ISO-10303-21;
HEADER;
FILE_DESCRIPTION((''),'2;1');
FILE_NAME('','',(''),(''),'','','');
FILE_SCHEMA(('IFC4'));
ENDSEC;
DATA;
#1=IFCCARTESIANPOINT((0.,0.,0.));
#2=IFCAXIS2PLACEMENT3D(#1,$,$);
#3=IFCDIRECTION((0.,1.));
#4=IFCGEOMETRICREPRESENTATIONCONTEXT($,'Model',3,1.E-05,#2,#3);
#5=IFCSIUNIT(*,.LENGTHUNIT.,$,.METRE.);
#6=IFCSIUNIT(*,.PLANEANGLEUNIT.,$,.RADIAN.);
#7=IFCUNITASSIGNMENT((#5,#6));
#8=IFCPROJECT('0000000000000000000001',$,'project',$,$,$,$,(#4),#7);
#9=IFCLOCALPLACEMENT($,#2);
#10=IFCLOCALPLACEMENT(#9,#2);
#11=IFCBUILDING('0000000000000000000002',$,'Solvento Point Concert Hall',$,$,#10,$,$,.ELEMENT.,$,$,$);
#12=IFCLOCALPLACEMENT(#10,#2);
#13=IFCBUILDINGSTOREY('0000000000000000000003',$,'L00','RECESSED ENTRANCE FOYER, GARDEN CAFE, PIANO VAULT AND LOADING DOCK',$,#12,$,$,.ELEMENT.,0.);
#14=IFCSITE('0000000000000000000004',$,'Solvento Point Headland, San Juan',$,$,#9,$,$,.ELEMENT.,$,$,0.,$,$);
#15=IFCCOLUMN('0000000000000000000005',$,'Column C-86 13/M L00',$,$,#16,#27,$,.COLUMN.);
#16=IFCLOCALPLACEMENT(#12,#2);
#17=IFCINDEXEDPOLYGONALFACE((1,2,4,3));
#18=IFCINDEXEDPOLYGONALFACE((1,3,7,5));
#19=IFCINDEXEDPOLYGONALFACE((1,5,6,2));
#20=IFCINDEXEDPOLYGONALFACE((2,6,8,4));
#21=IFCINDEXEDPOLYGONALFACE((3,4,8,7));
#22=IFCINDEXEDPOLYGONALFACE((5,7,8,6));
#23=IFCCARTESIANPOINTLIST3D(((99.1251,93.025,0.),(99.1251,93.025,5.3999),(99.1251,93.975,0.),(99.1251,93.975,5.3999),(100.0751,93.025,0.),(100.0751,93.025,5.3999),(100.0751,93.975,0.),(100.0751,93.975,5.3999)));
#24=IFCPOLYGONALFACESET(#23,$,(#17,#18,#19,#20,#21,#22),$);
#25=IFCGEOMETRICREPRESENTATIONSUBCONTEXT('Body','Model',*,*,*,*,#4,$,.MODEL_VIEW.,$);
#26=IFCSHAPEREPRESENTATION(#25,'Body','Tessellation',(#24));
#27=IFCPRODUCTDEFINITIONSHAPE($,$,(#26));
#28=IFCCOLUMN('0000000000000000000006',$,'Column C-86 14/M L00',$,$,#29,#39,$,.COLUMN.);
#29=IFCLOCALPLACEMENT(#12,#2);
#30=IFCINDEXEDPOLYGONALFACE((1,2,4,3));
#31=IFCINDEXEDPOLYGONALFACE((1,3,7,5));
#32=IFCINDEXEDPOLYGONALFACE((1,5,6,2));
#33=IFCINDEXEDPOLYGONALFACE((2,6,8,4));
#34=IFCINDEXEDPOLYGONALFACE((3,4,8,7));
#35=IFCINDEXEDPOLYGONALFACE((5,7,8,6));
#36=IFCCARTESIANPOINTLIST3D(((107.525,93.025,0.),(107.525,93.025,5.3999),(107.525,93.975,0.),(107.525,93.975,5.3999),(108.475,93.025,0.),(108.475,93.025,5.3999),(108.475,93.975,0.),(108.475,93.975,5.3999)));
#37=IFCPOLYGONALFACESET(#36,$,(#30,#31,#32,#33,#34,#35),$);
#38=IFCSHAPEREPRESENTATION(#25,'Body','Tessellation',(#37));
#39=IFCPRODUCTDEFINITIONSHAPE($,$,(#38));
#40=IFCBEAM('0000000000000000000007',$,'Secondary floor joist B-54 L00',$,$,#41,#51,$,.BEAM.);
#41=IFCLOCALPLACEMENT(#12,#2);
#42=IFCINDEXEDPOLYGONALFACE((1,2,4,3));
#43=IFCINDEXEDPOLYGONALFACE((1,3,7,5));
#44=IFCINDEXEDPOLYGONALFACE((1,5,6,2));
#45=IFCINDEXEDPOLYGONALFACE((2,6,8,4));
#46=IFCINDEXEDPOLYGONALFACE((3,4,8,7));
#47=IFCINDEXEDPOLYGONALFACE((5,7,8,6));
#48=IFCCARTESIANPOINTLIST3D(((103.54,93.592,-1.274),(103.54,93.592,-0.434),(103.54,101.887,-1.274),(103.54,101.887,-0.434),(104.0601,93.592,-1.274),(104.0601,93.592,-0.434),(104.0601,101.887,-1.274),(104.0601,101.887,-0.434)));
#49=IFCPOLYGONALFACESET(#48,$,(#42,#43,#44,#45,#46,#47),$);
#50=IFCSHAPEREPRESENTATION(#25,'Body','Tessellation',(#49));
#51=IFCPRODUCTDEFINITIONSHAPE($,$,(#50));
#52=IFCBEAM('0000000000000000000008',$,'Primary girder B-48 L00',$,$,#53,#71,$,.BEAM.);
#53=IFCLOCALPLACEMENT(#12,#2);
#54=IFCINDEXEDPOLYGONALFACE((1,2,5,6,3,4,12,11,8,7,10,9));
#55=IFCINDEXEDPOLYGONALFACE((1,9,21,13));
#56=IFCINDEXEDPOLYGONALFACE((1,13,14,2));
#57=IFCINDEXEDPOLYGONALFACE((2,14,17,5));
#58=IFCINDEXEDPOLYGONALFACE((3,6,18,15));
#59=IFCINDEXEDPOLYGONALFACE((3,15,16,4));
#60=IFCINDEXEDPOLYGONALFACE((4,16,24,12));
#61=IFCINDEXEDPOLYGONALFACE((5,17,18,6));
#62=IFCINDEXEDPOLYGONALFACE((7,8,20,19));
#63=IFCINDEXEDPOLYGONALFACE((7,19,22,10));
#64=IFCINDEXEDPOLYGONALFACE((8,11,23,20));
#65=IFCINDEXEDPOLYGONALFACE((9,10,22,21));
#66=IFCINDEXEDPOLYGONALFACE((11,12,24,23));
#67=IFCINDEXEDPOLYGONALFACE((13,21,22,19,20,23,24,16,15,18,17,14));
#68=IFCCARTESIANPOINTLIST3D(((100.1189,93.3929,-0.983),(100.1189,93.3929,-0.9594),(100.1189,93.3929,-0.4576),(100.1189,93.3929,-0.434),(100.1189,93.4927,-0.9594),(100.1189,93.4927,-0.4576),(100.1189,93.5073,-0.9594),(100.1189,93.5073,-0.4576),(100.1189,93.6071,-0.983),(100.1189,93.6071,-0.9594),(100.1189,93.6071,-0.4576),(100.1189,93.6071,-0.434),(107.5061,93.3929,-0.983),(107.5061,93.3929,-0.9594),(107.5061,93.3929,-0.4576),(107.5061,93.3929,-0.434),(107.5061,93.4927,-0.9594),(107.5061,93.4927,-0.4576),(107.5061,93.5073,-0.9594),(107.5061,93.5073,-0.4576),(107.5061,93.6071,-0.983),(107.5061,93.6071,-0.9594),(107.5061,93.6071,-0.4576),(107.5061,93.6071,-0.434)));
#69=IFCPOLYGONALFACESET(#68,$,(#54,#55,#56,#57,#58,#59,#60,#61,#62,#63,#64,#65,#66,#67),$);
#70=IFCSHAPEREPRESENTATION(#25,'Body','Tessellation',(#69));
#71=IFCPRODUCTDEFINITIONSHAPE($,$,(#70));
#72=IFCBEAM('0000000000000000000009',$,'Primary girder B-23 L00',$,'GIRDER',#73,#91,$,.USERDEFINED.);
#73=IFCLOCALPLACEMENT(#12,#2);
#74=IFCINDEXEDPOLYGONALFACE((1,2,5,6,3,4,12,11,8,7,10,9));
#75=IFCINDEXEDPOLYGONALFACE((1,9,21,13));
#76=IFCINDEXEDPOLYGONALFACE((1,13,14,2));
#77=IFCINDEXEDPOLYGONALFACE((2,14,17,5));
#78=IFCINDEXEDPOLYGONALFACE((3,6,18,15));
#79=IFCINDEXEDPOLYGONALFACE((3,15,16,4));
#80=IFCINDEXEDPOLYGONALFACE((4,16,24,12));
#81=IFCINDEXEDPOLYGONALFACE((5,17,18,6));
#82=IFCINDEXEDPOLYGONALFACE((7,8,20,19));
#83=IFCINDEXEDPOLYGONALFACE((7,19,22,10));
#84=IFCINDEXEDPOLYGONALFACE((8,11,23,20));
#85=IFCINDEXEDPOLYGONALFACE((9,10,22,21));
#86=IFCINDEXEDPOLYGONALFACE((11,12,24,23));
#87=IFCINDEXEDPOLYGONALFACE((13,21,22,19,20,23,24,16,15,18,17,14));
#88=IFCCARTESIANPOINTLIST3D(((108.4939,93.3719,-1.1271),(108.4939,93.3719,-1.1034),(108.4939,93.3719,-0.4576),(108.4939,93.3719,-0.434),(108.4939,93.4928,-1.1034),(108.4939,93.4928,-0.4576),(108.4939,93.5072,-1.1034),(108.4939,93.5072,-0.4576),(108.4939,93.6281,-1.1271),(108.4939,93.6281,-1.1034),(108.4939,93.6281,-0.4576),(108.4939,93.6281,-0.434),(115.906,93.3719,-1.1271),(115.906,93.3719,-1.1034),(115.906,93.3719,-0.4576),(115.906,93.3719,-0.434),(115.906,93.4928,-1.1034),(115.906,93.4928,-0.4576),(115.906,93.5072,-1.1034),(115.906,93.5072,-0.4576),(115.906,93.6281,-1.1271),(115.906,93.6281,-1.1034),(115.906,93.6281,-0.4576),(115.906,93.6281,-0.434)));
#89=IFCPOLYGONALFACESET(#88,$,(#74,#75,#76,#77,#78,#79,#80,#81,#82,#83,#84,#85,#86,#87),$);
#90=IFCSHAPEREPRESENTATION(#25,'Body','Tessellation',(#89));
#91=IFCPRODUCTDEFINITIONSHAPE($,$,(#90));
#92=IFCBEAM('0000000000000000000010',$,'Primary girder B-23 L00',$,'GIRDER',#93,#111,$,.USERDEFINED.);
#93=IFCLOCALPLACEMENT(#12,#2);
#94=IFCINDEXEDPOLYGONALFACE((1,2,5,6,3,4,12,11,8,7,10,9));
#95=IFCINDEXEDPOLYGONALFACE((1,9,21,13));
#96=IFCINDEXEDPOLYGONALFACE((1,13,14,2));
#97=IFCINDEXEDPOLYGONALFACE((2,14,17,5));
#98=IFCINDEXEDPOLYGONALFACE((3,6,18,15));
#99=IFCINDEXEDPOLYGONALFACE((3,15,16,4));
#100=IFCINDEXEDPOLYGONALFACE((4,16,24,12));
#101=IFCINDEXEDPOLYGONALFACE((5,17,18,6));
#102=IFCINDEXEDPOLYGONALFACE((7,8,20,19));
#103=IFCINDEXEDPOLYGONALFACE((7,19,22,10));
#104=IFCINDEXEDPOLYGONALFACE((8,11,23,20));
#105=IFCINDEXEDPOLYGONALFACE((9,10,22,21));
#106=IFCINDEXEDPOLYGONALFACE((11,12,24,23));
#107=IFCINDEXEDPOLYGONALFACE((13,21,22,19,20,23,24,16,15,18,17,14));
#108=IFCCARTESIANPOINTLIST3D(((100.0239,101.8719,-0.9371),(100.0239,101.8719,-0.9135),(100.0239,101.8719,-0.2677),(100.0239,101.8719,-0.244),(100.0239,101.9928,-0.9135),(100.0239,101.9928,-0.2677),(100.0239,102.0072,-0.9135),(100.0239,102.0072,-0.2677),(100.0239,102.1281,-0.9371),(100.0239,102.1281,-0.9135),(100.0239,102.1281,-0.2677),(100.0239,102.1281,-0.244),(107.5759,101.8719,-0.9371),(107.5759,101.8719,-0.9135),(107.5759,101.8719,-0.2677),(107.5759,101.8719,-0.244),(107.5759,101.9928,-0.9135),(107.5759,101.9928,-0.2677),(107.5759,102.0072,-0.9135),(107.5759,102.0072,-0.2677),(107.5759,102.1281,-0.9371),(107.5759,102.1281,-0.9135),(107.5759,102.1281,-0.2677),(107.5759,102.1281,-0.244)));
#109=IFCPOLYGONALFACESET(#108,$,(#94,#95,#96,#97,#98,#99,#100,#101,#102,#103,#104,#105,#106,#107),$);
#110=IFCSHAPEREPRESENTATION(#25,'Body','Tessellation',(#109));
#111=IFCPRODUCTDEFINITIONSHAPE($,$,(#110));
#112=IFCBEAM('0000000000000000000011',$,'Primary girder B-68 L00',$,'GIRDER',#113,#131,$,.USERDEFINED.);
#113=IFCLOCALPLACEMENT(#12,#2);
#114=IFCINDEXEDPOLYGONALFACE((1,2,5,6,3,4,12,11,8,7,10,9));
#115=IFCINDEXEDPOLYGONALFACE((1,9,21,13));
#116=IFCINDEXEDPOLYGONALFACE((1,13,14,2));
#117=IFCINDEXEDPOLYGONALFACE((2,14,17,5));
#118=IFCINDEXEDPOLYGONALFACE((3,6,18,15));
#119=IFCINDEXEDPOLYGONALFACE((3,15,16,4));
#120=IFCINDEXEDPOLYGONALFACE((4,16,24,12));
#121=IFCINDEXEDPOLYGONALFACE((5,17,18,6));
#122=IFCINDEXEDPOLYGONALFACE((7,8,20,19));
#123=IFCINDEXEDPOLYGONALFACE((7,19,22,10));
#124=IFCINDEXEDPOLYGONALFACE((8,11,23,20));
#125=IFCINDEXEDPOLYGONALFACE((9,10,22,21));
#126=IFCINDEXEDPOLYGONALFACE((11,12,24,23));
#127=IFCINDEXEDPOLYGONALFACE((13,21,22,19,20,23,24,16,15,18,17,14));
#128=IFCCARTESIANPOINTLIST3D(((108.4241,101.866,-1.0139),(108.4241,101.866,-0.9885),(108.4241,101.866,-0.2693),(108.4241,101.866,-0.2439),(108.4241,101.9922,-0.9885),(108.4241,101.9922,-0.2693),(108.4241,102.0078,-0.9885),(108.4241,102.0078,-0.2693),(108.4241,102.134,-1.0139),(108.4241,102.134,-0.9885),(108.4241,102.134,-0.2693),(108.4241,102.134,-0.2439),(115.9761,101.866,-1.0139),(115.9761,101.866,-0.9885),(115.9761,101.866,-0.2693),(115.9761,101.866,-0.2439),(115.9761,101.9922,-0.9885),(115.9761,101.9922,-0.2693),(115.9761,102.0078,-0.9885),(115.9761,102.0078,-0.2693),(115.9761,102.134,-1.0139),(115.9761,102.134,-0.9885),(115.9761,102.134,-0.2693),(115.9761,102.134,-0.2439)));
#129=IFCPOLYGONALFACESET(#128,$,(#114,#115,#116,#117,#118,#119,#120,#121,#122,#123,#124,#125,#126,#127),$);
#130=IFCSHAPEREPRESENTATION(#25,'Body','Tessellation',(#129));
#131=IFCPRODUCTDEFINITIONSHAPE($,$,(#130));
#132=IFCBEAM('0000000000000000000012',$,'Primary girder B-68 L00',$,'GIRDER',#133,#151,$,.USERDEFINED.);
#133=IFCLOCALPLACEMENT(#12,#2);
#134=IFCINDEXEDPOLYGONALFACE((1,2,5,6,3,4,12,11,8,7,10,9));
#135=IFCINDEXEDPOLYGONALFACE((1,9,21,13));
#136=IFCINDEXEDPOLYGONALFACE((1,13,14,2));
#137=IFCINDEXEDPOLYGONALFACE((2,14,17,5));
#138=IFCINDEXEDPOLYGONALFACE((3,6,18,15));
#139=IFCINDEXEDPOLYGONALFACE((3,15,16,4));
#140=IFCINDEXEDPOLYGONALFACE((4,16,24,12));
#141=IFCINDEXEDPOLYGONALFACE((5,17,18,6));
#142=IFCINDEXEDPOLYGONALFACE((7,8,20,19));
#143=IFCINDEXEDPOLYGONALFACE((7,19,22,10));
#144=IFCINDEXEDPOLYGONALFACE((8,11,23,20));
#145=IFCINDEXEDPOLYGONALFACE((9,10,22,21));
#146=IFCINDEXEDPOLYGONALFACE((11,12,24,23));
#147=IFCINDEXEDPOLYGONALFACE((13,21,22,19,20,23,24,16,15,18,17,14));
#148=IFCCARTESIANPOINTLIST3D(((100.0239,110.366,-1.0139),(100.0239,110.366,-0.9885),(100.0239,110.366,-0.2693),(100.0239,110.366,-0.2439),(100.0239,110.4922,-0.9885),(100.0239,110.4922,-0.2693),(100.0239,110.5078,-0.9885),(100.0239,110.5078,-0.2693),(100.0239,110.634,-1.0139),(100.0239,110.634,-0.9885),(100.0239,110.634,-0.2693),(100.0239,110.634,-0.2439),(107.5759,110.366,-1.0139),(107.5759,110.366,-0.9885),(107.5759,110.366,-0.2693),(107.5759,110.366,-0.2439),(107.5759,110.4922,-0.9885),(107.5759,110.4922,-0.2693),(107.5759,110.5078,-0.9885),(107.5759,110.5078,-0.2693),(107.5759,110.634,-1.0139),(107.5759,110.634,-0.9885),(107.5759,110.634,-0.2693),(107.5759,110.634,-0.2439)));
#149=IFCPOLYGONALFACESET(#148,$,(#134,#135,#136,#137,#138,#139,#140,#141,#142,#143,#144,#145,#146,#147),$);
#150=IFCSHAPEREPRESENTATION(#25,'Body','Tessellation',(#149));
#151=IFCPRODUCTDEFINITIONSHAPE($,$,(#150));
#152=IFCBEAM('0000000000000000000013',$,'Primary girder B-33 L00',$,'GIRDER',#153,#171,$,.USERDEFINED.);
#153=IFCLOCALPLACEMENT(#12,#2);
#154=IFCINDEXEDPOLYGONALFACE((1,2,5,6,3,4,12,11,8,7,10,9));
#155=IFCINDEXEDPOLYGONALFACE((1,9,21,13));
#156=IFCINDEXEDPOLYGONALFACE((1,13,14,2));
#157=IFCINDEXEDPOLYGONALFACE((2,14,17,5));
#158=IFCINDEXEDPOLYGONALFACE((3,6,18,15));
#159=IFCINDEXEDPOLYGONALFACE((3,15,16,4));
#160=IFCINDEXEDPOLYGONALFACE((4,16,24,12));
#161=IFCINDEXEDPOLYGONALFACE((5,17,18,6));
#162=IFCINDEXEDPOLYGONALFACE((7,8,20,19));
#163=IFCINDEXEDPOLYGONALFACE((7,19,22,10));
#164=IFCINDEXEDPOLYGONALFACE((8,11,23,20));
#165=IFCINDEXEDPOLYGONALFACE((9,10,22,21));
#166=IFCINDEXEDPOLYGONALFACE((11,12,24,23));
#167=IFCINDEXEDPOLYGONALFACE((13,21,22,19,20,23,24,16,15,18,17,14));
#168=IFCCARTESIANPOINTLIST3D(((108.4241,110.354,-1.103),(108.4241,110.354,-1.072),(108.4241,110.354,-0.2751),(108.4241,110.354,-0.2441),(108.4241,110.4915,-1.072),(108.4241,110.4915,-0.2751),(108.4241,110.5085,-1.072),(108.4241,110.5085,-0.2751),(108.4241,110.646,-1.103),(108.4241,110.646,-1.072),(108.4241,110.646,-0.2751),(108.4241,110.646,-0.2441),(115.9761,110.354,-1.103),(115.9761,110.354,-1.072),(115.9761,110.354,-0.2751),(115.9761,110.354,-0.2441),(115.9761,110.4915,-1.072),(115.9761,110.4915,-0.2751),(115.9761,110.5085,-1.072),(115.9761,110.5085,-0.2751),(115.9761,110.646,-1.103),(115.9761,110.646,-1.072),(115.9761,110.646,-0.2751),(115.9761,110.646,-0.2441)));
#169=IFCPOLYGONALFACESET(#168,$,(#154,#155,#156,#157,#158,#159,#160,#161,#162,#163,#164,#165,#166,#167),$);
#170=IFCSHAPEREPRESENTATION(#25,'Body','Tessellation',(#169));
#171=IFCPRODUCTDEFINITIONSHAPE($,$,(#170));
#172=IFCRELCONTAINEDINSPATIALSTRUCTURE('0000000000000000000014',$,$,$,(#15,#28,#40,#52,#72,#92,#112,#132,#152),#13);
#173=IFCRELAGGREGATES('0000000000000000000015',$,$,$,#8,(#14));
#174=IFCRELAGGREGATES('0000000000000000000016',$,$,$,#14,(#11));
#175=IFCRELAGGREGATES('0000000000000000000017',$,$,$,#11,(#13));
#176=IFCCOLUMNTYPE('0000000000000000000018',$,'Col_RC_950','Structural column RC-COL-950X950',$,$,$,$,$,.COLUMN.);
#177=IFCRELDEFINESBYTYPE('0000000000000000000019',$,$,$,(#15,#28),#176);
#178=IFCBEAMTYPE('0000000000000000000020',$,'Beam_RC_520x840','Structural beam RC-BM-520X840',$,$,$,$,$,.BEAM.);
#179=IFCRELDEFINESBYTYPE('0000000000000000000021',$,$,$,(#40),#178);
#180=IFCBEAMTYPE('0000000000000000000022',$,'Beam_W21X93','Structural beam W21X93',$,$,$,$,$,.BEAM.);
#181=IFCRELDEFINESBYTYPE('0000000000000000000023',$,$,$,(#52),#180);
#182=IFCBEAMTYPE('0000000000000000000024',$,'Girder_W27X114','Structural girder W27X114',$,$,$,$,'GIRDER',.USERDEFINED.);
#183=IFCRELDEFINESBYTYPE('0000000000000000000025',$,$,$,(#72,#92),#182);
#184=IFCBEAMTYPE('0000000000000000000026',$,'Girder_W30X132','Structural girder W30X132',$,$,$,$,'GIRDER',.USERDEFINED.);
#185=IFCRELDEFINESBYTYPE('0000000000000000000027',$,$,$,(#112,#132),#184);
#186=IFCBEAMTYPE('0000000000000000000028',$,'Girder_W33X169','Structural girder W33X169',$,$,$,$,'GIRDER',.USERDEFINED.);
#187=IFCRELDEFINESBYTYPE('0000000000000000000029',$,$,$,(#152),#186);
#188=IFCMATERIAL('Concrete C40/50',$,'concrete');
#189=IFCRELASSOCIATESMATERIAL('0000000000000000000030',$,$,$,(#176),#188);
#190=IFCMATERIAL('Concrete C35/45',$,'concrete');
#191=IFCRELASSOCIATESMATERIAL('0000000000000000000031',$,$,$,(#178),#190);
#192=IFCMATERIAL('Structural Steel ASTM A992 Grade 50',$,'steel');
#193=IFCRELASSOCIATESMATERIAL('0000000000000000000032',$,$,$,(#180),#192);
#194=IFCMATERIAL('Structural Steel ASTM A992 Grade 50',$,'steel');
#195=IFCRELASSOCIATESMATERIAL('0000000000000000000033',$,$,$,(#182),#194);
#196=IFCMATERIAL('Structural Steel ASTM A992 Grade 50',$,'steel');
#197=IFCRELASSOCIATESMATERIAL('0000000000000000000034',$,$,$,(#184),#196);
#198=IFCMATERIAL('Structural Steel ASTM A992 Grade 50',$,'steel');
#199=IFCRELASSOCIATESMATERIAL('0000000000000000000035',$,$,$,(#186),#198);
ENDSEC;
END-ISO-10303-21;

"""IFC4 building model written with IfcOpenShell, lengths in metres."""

from ifc_helpers import new_model, si_unit, direction, frame, origin, origin_2d, place, context, subcontext, project, spatial, rectangle, i_section, extrude, material, material_profile, profile_set, type_object, element, save


model = new_model("IFC4")

# Units and contexts
model_context = context("Model", 3, precision=1e-05, world=origin(), true_north=direction((0.0, 1.0)))
body_context = subcontext(model_context, "Body", "Model", "MODEL_VIEW")
ifc_project = project(units=[si_unit("LENGTHUNIT", "METRE"), si_unit("PLANEANGLEUNIT", "RADIAN")], contexts=[model_context])

# Site, building, storey
site_placement = place(None, origin())
site = spatial("IfcSite", under=ifc_project, at=site_placement, Name="Solvento Point Headland, San Juan", CompositionType="ELEMENT", RefElevation=0.0)
building_placement = place(site_placement, origin())
building = spatial("IfcBuilding", under=site, at=building_placement, Name="Solvento Point Concert Hall", CompositionType="ELEMENT")
storey_placement = place(building_placement, origin())
storey = spatial("IfcBuildingStorey", under=building, at=storey_placement, Name="L00", Description="RECESSED ENTRANCE FOYER, GARDEN CAFE, PIANO VAULT AND LOADING DOCK", CompositionType="ELEMENT", Elevation=0.0)

# Columns
ifc_material_1 = material(Name="Concrete C40/50", Category="concrete")
ifc_material_profile_1 = material_profile(ifc_material_1, rectangle(XDim=0.95, YDim=0.95, at=origin_2d()), Name="RC-COL-950X950")
ifc_profile_set_1 = profile_set([ifc_material_profile_1], Name="Concrete C40/50")
column_type = type_object("IfcColumnType", Name="Col_RC_950", Description="Structural column RC-COL-950X950", PredefinedType="COLUMN", material=ifc_profile_set_1)
for number, where, z_axis, x_axis, name in (
    (1, (99.6001, 93.5, 0.0), (0.0, 0.0, 1.0), (1.0, 0.0, 0.0), "Column C-86 13/M L00"),
    (2, (108.0, 93.5, 0.0), (0.0, 0.0, 1.0), (1.0, 0.0, 0.0), "Column C-86 14/M L00"),
):
    element("IfcColumn", number, at=place(storey_placement, frame(where, z_axis=z_axis, x_axis=x_axis)), inside=storey, type_object=column_type, Name=name, PredefinedType="COLUMN", context=body_context, shape_type="SweptSolid", body=[
        extrude(rectangle(XDim=0.95, YDim=0.95, at=origin_2d()), origin(), (0.0, 0.0, 1.0), 5.3999),
    ])

# Beams
ifc_material_2 = material(Name="Concrete C35/45", Category="concrete")
ifc_material_profile_2 = material_profile(ifc_material_2, rectangle(XDim=0.52, YDim=0.8401, at=origin_2d()), Name="RC-BM-520X840")
ifc_profile_set_2 = profile_set([ifc_material_profile_2], Name="Concrete C35/45")
beam_type_1 = type_object("IfcBeamType", Name="Beam_RC_520x840", Description="Structural beam RC-BM-520X840", PredefinedType="BEAM", material=ifc_profile_set_2)
beam_1_placement = place(storey_placement, frame((103.8, 93.592, -0.854), z_axis=(0.0, 1.0, 0.0), x_axis=(-1.0, 0.0, 0.0)))
element("IfcBeam", 3, at=beam_1_placement, inside=storey, type_object=beam_type_1, Name="Secondary floor joist B-54 L00", PredefinedType="BEAM", context=body_context, shape_type="SweptSolid", body=[
    extrude(rectangle(XDim=0.52, YDim=0.8401, at=origin_2d()), origin(), (0.0, 0.0, 1.0), 8.2949),
])
ifc_material_3 = material(Name="Structural Steel ASTM A992 Grade 50", Category="steel")
ifc_material_profile_3 = material_profile(ifc_material_3, i_section(OverallWidth=0.2141, OverallDepth=0.5491, WebThickness=0.0146, FlangeThickness=0.0237, at=origin_2d()), Name="W21X93")
ifc_profile_set_3 = profile_set([ifc_material_profile_3], Name="Structural Steel ASTM A992 Grade 50")
beam_type_2 = type_object("IfcBeamType", Name="Beam_W21X93", Description="Structural beam W21X93", PredefinedType="BEAM", material=ifc_profile_set_3)
beam_2_placement = place(storey_placement, frame((100.1189, 93.5, -0.7085), z_axis=(1.0, 0.0, 0.0), x_axis=(0.0, 1.0, 0.0)))
element("IfcBeam", 4, at=beam_2_placement, inside=storey, type_object=beam_type_2, Name="Primary girder B-48 L00", PredefinedType="BEAM", context=body_context, shape_type="SweptSolid", body=[
    extrude(i_section(OverallWidth=0.2141, OverallDepth=0.5491, WebThickness=0.0146, FlangeThickness=0.0237, at=origin_2d()), origin(), (0.0, 0.0, 1.0), 7.3872),
])
ifc_material_4 = material(Name="Structural Steel ASTM A992 Grade 50", Category="steel")
ifc_material_profile_4 = material_profile(ifc_material_4, i_section(OverallWidth=0.2561, OverallDepth=0.6931, WebThickness=0.0144, FlangeThickness=0.0237, at=origin_2d()), Name="W27X114")
ifc_profile_set_4 = profile_set([ifc_material_profile_4], Name="Structural Steel ASTM A992 Grade 50")
beam_type_3 = type_object("IfcBeamType", Name="Girder_W27X114", Description="Structural girder W27X114", ElementType="GIRDER", PredefinedType="USERDEFINED", material=ifc_profile_set_4)
beam_3_placement = place(storey_placement, frame((108.4939, 93.5, -0.7805), z_axis=(1.0, 0.0, 0.0), x_axis=(0.0, 1.0, 0.0)))
element("IfcBeam", 5, at=beam_3_placement, inside=storey, type_object=beam_type_3, Name="Primary girder B-23 L00", ObjectType="GIRDER", PredefinedType="USERDEFINED", context=body_context, shape_type="SweptSolid", body=[
    extrude(i_section(OverallWidth=0.2561, OverallDepth=0.6931, WebThickness=0.0144, FlangeThickness=0.0237, at=origin_2d()), origin(), (0.0, 0.0, 1.0), 7.4121),
])
beam_4_placement = place(storey_placement, frame((100.0239, 102.0, -0.5906), z_axis=(1.0, 0.0, 0.0), x_axis=(0.0, 1.0, 0.0)))
element("IfcBeam", 6, at=beam_4_placement, inside=storey, type_object=beam_type_3, Name="Primary girder B-23 L00", ObjectType="GIRDER", PredefinedType="USERDEFINED", context=body_context, shape_type="SweptSolid", body=[
    extrude(i_section(OverallWidth=0.2561, OverallDepth=0.6931, WebThickness=0.0144, FlangeThickness=0.0237, at=origin_2d()), origin(), (0.0, 0.0, 1.0), 7.552),
])
ifc_material_5 = material(Name="Structural Steel ASTM A992 Grade 50", Category="steel")
ifc_material_profile_5 = material_profile(ifc_material_5, i_section(OverallWidth=0.2681, OverallDepth=0.77, WebThickness=0.0156, FlangeThickness=0.0254, at=origin_2d()), Name="W30X132")
ifc_profile_set_5 = profile_set([ifc_material_profile_5], Name="Structural Steel ASTM A992 Grade 50")
beam_type_4 = type_object("IfcBeamType", Name="Girder_W30X132", Description="Structural girder W30X132", ElementType="GIRDER", PredefinedType="USERDEFINED", material=ifc_profile_set_5)
for number, where, z_axis, x_axis, name in (
    (7, (108.4241, 102.0, -0.6289), (1.0, 0.0, 0.0), (0.0, 1.0, 0.0), "Primary girder B-68 L00"),
    (8, (100.0239, 110.5, -0.6289), (1.0, 0.0, 0.0), (0.0, 1.0, 0.0), "Primary girder B-68 L00"),
):
    element("IfcBeam", number, at=place(storey_placement, frame(where, z_axis=z_axis, x_axis=x_axis)), inside=storey, type_object=beam_type_4, Name=name, ObjectType="GIRDER", PredefinedType="USERDEFINED", context=body_context, shape_type="SweptSolid", body=[
        extrude(i_section(OverallWidth=0.2681, OverallDepth=0.77, WebThickness=0.0156, FlangeThickness=0.0254, at=origin_2d()), origin(), (0.0, 0.0, 1.0), 7.552),
    ])
ifc_material_6 = material(Name="Structural Steel ASTM A992 Grade 50", Category="steel")
ifc_material_profile_6 = material_profile(ifc_material_6, i_section(OverallWidth=0.292, OverallDepth=0.8589, WebThickness=0.0171, FlangeThickness=0.031, at=origin_2d()), Name="W33X169")
ifc_profile_set_6 = profile_set([ifc_material_profile_6], Name="Structural Steel ASTM A992 Grade 50")
beam_type_5 = type_object("IfcBeamType", Name="Girder_W33X169", Description="Structural girder W33X169", ElementType="GIRDER", PredefinedType="USERDEFINED", material=ifc_profile_set_6)
beam_5_placement = place(storey_placement, frame((108.4241, 110.5, -0.6736), z_axis=(1.0, 0.0, 0.0), x_axis=(0.0, 1.0, 0.0)))
element("IfcBeam", 9, at=beam_5_placement, inside=storey, type_object=beam_type_5, Name="Primary girder B-33 L00", ObjectType="GIRDER", PredefinedType="USERDEFINED", context=body_context, shape_type="SweptSolid", body=[
    extrude(i_section(OverallWidth=0.292, OverallDepth=0.8589, WebThickness=0.0171, FlangeThickness=0.031, at=origin_2d()), origin(), (0.0, 0.0, 1.0), 7.552),
])

save(model, "model.ifc")
